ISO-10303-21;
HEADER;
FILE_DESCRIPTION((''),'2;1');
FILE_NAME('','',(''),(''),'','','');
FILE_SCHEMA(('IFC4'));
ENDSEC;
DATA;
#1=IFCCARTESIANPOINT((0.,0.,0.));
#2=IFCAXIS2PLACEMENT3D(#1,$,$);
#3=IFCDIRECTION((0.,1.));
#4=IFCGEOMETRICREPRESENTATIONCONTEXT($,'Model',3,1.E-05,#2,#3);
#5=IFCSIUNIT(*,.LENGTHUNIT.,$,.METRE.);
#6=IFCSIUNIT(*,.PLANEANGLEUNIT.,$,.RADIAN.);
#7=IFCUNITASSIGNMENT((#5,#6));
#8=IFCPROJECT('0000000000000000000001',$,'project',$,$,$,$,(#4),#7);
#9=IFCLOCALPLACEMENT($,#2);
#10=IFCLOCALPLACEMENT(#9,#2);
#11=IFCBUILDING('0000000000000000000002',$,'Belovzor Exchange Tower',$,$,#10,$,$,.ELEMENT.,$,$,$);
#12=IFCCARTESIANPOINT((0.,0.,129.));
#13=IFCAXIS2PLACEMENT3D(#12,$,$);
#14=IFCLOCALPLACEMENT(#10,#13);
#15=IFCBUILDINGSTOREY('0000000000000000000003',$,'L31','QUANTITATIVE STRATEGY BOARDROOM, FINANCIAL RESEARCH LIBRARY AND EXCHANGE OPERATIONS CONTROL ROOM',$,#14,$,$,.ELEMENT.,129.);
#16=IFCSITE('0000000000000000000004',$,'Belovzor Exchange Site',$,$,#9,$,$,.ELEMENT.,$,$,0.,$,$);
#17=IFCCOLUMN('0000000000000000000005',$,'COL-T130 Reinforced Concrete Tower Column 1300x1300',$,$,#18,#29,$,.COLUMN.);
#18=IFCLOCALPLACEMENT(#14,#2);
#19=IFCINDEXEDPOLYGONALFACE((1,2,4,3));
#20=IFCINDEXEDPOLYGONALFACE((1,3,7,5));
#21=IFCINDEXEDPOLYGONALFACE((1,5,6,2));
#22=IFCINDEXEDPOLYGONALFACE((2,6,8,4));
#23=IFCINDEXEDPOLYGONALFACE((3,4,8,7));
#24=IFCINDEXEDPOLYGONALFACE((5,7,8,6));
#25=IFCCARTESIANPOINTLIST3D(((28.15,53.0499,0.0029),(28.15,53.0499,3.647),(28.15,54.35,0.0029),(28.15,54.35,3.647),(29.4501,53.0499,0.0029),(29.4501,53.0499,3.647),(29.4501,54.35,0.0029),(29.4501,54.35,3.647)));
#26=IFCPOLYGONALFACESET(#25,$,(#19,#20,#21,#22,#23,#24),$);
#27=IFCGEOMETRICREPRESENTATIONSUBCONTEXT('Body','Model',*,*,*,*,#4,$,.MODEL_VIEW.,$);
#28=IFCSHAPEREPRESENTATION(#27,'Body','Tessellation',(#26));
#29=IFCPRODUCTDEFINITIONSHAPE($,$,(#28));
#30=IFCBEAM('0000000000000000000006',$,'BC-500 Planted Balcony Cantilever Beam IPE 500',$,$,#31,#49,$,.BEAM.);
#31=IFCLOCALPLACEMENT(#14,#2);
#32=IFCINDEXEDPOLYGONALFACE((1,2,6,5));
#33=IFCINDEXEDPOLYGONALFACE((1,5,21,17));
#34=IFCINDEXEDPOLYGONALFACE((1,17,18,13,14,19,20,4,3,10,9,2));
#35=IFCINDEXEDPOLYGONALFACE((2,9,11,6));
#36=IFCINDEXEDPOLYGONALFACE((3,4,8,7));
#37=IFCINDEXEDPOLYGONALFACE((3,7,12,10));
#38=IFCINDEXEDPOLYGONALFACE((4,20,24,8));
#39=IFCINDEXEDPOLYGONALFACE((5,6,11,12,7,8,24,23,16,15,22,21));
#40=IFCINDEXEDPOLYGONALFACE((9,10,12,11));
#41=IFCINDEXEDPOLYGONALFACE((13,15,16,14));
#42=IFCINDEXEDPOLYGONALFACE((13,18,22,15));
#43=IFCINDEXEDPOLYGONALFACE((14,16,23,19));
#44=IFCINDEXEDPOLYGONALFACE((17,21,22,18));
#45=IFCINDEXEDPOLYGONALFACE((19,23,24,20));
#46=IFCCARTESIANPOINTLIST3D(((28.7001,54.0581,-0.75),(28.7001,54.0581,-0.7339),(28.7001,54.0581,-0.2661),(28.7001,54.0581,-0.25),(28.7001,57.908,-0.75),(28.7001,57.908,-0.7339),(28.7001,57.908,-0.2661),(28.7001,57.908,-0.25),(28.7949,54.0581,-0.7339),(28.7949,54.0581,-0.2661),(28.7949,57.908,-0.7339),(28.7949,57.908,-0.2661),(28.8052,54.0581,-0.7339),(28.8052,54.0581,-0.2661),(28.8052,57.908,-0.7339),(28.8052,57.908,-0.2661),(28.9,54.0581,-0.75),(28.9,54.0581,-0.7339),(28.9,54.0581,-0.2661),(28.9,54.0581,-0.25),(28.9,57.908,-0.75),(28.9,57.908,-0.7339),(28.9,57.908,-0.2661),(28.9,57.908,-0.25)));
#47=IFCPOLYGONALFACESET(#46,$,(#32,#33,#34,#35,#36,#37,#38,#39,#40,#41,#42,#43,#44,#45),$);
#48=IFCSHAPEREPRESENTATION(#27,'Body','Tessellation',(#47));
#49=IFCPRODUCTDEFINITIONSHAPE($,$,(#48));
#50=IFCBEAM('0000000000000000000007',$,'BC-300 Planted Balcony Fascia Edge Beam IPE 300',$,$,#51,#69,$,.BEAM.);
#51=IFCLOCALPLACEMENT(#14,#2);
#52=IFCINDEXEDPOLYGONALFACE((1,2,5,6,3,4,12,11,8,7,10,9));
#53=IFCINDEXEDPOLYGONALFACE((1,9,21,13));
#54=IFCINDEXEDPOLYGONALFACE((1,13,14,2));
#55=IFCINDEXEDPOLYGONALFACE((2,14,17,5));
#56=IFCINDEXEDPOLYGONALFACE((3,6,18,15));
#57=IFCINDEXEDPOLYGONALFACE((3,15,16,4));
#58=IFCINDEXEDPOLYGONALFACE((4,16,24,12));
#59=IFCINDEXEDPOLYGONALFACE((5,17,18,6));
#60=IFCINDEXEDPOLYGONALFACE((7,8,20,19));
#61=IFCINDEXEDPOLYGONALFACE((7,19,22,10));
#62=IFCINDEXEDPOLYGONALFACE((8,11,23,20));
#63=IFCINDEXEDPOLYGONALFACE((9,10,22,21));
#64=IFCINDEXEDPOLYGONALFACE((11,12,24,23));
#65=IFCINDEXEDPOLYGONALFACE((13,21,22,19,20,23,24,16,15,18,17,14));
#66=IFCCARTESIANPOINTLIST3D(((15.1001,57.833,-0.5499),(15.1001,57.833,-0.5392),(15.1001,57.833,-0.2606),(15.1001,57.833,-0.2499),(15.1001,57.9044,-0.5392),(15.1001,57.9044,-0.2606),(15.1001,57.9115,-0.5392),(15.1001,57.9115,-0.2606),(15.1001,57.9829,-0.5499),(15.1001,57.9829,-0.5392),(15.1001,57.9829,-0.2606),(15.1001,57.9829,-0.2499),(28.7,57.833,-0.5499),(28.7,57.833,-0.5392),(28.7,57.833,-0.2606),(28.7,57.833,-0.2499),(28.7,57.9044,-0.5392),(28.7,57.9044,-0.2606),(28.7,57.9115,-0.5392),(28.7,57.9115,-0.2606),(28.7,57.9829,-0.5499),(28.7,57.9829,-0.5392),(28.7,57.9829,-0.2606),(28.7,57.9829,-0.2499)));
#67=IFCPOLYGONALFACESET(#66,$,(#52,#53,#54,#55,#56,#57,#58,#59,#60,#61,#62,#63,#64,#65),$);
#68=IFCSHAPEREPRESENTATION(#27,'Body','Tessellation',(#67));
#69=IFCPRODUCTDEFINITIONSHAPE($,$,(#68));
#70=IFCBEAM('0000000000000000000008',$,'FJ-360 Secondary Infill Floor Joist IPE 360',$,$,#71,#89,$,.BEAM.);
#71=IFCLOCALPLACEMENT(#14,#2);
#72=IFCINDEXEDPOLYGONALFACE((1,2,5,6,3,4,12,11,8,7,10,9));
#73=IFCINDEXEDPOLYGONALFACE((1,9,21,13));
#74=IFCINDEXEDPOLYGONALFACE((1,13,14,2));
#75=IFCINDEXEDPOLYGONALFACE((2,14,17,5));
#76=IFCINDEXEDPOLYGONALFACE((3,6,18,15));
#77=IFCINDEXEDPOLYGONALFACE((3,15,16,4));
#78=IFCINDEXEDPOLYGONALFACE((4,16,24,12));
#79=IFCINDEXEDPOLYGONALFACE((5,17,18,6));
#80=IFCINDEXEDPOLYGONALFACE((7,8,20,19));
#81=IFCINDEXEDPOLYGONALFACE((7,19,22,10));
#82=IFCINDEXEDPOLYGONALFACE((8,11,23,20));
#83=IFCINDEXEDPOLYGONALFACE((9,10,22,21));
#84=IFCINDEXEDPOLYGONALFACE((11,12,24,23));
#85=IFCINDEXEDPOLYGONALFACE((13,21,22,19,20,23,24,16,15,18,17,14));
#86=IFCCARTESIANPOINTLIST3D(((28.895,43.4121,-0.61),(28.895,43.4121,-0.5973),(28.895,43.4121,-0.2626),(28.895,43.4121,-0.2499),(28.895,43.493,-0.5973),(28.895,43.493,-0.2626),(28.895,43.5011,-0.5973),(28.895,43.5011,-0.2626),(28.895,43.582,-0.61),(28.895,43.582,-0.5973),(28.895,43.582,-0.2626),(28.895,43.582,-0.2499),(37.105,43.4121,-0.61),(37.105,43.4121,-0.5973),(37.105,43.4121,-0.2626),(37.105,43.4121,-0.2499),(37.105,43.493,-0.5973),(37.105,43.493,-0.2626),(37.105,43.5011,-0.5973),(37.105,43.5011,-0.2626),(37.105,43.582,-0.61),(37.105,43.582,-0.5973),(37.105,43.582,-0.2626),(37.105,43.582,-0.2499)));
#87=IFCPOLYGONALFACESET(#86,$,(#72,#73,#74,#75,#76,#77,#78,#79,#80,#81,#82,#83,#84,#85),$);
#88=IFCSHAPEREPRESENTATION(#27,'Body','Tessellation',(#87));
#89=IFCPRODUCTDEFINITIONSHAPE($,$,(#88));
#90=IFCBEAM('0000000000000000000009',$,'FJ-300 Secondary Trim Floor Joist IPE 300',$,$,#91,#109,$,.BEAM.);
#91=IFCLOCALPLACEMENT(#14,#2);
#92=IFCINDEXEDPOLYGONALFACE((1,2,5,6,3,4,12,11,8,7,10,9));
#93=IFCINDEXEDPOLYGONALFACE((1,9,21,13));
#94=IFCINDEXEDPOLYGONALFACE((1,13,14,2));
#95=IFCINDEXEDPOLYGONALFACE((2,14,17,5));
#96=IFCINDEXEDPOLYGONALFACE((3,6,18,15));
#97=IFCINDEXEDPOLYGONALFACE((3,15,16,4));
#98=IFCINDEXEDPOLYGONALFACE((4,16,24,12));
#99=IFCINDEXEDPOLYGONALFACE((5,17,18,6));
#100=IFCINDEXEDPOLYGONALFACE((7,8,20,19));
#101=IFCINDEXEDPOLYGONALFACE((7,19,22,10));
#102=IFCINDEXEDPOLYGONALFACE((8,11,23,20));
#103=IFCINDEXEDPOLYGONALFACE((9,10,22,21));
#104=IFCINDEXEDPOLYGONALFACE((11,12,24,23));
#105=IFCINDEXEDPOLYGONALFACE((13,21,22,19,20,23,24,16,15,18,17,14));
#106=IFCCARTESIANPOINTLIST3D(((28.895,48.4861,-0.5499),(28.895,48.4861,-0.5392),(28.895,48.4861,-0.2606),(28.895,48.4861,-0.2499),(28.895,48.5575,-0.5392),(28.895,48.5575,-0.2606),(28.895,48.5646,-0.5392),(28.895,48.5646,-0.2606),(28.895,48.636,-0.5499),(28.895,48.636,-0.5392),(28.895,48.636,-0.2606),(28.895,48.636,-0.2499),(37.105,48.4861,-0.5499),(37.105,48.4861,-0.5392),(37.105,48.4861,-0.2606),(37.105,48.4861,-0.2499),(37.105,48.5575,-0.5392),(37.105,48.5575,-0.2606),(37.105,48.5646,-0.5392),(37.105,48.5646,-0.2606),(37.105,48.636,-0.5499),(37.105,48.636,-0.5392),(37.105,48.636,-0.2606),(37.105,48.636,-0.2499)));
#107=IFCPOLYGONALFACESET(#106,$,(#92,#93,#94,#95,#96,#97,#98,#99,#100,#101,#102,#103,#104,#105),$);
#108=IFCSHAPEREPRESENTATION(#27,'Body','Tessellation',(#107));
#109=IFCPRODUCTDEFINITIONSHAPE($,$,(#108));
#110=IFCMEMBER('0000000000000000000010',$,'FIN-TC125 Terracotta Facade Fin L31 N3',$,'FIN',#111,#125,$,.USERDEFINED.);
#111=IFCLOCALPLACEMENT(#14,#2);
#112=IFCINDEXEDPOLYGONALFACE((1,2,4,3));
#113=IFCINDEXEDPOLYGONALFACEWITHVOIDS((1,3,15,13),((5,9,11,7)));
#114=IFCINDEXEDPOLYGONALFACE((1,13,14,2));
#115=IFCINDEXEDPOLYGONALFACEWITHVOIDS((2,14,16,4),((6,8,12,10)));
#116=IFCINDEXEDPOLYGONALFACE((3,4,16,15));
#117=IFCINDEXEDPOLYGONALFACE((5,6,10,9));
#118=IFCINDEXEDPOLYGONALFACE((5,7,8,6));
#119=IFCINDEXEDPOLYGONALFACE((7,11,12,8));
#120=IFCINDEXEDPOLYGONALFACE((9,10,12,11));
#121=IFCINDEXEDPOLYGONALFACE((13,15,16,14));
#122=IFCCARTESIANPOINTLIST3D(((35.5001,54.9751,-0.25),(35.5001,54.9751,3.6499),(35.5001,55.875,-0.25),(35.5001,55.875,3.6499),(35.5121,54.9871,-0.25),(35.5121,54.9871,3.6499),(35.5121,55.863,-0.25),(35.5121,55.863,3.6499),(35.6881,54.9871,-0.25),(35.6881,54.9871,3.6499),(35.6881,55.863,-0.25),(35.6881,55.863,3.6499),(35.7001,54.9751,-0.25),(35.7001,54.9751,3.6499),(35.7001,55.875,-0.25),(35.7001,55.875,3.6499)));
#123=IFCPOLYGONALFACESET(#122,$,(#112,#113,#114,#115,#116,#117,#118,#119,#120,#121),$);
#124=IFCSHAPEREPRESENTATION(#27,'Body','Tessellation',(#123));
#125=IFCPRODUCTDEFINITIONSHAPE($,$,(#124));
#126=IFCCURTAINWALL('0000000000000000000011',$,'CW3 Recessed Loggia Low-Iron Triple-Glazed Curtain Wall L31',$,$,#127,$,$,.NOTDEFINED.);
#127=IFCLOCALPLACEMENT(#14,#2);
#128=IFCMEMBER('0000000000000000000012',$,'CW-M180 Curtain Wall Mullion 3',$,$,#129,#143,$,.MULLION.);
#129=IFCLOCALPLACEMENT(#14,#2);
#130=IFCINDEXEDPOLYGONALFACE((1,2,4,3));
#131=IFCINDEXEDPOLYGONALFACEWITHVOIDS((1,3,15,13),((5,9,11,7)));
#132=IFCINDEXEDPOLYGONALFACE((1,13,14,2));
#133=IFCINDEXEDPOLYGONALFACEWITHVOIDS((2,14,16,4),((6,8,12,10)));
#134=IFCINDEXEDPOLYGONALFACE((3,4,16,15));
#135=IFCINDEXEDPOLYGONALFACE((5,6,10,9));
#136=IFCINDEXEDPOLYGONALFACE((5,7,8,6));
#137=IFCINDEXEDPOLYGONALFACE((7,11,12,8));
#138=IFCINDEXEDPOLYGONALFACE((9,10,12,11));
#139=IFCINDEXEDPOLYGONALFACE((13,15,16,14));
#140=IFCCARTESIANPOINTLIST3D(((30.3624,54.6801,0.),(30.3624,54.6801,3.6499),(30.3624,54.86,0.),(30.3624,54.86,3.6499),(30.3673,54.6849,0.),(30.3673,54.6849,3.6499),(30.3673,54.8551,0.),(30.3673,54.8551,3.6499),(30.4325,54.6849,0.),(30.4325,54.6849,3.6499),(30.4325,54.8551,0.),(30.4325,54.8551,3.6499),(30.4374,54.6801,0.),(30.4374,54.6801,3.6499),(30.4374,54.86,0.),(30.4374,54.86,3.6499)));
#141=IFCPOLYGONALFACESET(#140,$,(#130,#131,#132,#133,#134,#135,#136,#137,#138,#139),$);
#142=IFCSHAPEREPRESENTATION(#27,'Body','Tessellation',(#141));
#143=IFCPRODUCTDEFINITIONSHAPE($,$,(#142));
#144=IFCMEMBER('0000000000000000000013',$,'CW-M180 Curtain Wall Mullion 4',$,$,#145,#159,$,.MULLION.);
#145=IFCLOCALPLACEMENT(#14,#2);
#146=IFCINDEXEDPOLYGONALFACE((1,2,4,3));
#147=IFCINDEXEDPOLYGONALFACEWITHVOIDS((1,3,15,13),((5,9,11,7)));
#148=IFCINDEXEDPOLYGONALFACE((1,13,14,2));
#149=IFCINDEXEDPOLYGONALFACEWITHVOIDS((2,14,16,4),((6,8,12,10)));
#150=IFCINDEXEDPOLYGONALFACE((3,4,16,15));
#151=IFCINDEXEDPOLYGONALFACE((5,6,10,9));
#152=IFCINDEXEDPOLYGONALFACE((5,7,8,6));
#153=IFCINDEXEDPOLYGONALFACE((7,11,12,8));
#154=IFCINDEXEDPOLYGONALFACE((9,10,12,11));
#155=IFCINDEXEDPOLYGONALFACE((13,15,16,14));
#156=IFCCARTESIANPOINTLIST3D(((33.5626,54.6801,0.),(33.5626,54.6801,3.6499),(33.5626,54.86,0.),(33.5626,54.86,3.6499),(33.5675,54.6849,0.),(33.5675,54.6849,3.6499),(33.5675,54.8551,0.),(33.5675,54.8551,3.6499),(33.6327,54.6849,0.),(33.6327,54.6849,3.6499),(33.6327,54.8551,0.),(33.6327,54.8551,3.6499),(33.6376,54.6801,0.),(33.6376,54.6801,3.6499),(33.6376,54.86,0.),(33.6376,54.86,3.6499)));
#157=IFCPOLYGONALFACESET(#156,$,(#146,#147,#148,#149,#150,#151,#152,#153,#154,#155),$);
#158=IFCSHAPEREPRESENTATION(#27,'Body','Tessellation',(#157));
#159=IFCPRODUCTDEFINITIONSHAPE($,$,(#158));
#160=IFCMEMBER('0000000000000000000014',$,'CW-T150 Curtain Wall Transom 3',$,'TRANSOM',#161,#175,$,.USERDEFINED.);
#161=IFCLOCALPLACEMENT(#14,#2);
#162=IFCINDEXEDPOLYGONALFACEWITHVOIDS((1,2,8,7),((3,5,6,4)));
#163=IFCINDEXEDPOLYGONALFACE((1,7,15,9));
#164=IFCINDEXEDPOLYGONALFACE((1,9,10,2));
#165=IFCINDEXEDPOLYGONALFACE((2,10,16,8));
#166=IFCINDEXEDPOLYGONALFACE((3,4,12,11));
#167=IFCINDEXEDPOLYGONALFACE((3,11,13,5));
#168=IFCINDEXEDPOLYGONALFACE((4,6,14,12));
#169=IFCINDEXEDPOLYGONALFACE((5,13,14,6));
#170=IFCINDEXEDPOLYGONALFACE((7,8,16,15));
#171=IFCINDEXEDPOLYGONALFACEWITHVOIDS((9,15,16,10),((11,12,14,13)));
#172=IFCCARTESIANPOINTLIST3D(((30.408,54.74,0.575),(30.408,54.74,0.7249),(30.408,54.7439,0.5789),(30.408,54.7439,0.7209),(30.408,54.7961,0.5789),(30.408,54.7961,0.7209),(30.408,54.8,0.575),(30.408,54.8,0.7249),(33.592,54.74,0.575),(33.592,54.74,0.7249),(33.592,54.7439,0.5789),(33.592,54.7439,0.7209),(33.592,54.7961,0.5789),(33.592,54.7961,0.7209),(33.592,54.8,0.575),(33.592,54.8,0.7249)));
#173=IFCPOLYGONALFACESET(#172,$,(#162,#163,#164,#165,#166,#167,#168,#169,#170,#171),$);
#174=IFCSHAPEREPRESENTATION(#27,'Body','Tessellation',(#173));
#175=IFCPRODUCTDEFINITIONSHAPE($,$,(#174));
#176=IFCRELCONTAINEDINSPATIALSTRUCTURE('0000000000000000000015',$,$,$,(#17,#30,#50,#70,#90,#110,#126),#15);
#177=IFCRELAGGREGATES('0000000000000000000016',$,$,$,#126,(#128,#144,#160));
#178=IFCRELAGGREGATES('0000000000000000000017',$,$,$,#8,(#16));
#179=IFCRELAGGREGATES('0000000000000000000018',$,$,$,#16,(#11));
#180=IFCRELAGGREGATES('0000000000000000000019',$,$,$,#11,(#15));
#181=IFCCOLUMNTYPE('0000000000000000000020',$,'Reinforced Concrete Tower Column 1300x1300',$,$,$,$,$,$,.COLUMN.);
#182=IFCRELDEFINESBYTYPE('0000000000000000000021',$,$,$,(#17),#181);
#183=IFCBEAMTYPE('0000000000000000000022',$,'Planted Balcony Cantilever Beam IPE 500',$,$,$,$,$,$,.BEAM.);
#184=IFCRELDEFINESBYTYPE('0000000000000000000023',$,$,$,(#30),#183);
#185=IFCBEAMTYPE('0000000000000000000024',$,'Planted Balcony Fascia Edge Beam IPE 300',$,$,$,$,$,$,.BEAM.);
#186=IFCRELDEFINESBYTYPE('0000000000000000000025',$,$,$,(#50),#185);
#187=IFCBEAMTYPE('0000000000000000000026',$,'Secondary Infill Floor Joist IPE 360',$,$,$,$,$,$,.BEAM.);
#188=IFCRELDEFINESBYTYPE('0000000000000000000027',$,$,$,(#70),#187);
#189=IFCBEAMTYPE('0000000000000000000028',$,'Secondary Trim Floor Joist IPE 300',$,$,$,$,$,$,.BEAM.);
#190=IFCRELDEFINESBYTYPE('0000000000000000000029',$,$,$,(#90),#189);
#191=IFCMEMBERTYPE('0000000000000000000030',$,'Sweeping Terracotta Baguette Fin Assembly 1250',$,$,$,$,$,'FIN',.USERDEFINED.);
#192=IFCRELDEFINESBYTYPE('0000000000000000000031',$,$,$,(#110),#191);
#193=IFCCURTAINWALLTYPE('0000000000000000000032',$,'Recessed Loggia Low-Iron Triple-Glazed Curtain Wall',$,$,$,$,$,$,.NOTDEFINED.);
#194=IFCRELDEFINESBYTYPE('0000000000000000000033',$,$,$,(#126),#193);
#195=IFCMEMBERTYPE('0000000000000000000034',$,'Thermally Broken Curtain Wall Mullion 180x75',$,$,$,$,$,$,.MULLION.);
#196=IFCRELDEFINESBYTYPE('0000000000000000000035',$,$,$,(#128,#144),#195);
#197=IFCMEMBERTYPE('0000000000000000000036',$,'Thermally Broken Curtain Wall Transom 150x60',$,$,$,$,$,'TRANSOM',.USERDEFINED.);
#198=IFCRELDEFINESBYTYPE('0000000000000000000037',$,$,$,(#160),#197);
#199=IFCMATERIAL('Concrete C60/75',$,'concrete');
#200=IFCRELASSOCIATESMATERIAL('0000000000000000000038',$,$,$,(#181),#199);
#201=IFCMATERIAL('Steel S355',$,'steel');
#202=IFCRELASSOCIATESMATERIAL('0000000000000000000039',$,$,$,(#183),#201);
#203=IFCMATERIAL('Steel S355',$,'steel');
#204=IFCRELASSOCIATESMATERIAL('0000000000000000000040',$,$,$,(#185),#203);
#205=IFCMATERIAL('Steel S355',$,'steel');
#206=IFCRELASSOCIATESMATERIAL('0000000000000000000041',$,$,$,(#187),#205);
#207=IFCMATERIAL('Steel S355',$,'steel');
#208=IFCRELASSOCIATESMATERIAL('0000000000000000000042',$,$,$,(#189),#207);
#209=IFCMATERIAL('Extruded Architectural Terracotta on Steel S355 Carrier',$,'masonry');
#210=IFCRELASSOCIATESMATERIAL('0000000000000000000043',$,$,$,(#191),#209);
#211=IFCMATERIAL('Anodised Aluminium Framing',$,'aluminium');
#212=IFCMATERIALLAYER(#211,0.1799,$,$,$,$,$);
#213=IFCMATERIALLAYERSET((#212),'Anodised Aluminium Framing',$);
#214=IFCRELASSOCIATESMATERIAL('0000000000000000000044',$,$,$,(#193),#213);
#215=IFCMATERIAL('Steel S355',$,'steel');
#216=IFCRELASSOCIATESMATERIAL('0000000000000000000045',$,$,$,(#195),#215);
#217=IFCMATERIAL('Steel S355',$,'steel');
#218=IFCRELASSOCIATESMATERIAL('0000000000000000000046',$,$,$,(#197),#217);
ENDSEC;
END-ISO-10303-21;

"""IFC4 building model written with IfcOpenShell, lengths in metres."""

from ifc_helpers import new_model, si_unit, direction, frame, origin, origin_2d, place, context, subcontext, project, spatial, rectangle, hollow_rectangle, i_section, extrude, material, layer, layer_set, material_profile, profile_set, type_object, element, aggregate, save


model = new_model("IFC4")

# Units and contexts
model_context = context("Model", 3, precision=1e-05, world=origin(), true_north=direction((0.0, 1.0)))
body_context = subcontext(model_context, "Body", "Model", "MODEL_VIEW")
ifc_project = project(units=[si_unit("LENGTHUNIT", "METRE"), si_unit("PLANEANGLEUNIT", "RADIAN")], contexts=[model_context])

# Site, building, storey
site_placement = place(None, origin())
site = spatial("IfcSite", under=ifc_project, at=site_placement, Name="Belovzor Exchange Site", CompositionType="ELEMENT", RefElevation=0.0)
building_placement = place(site_placement, origin())
building = spatial("IfcBuilding", under=site, at=building_placement, Name="Belovzor Exchange Tower", CompositionType="ELEMENT")
storey_placement = place(building_placement, frame((0.0, 0.0, 129.0)))
storey = spatial("IfcBuildingStorey", under=building, at=storey_placement, Name="L31", Description="QUANTITATIVE STRATEGY BOARDROOM, FINANCIAL RESEARCH LIBRARY AND EXCHANGE OPERATIONS CONTROL ROOM", CompositionType="ELEMENT", Elevation=129.0)

# Column
ifc_material_1 = material(Name="Concrete C60/75", Category="concrete")
ifc_material_profile_1 = material_profile(ifc_material_1, rectangle(XDim=1.3, YDim=1.3, at=origin_2d()))
ifc_profile_set_1 = profile_set([ifc_material_profile_1], Name="Concrete C60/75")
column_type = type_object("IfcColumnType", Name="Reinforced Concrete Tower Column 1300x1300", PredefinedType="COLUMN", material=ifc_profile_set_1)
column_placement = place(storey_placement, frame((28.8, 53.7, 0.0029), z_axis=(0.0, 0.0, 1.0), x_axis=(1.0, 0.0, 0.0)))
element("IfcColumn", 1, at=column_placement, inside=storey, type_object=column_type, Name="COL-T130 Reinforced Concrete Tower Column 1300x1300", PredefinedType="COLUMN", context=body_context, shape_type="SweptSolid", body=[
    extrude(rectangle(XDim=1.3, YDim=1.3, at=origin_2d()), origin(), (0.0, 0.0, 1.0), 3.644),
])

# Beams
ifc_material_2 = material(Name="Steel S355", Category="steel")
ifc_material_profile_2 = material_profile(ifc_material_2, i_section(OverallWidth=0.2, OverallDepth=0.5, WebThickness=0.0103, FlangeThickness=0.0161, at=origin_2d()))
ifc_profile_set_2 = profile_set([ifc_material_profile_2], Name="Steel S355")
beam_type_1 = type_object("IfcBeamType", Name="Planted Balcony Cantilever Beam IPE 500", PredefinedType="BEAM", material=ifc_profile_set_2)
beam_1_placement = place(storey_placement, frame((28.8, 54.0581, -0.5), z_axis=(0.0, 1.0, 0.0), x_axis=(-1.0, 0.0, 0.0)))
element("IfcBeam", 2, at=beam_1_placement, inside=storey, type_object=beam_type_1, Name="BC-500 Planted Balcony Cantilever Beam IPE 500", PredefinedType="BEAM", context=body_context, shape_type="SweptSolid", body=[
    extrude(i_section(OverallWidth=0.2, OverallDepth=0.5, WebThickness=0.0103, FlangeThickness=0.0161, at=origin_2d()), origin(), (0.0, 0.0, 1.0), 3.8499),
])
ifc_material_3 = material(Name="Steel S355", Category="steel")
ifc_material_profile_3 = material_profile(ifc_material_3, i_section(OverallWidth=0.1499, OverallDepth=0.3, WebThickness=0.0071, FlangeThickness=0.0107, at=origin_2d()))
ifc_profile_set_3 = profile_set([ifc_material_profile_3], Name="Steel S355")
beam_type_2 = type_object("IfcBeamType", Name="Planted Balcony Fascia Edge Beam IPE 300", PredefinedType="BEAM", material=ifc_profile_set_3)
beam_2_placement = place(storey_placement, frame((28.7, 57.908, -0.3999), z_axis=(-1.0, 0.0, 0.0), x_axis=(0.0, -1.0, 0.0)))
element("IfcBeam", 3, at=beam_2_placement, inside=storey, type_object=beam_type_2, Name="BC-300 Planted Balcony Fascia Edge Beam IPE 300", PredefinedType="BEAM", context=body_context, shape_type="SweptSolid", body=[
    extrude(i_section(OverallWidth=0.1499, OverallDepth=0.3, WebThickness=0.0071, FlangeThickness=0.0107, at=origin_2d()), origin(), (0.0, 0.0, 1.0), 13.5999),
])
ifc_material_4 = material(Name="Steel S355", Category="steel")
ifc_material_profile_4 = material_profile(ifc_material_4, i_section(OverallWidth=0.1699, OverallDepth=0.3601, WebThickness=0.0081, FlangeThickness=0.0127, at=origin_2d()))
ifc_profile_set_4 = profile_set([ifc_material_profile_4], Name="Steel S355")
beam_type_3 = type_object("IfcBeamType", Name="Secondary Infill Floor Joist IPE 360", PredefinedType="BEAM", material=ifc_profile_set_4)
beam_3_placement = place(storey_placement, frame((28.895, 43.4971, -0.4299), z_axis=(1.0, 0.0, 0.0), x_axis=(0.0, 1.0, 0.0)))
element("IfcBeam", 4, at=beam_3_placement, inside=storey, type_object=beam_type_3, Name="FJ-360 Secondary Infill Floor Joist IPE 360", PredefinedType="BEAM", context=body_context, shape_type="SweptSolid", body=[
    extrude(i_section(OverallWidth=0.1699, OverallDepth=0.3601, WebThickness=0.0081, FlangeThickness=0.0127, at=origin_2d()), origin(), (0.0, 0.0, 1.0), 8.21),
])
ifc_material_5 = material(Name="Steel S355", Category="steel")
ifc_material_profile_5 = material_profile(ifc_material_5, i_section(OverallWidth=0.1499, OverallDepth=0.3, WebThickness=0.0071, FlangeThickness=0.0107, at=origin_2d()))
ifc_profile_set_5 = profile_set([ifc_material_profile_5], Name="Steel S355")
beam_type_4 = type_object("IfcBeamType", Name="Secondary Trim Floor Joist IPE 300", PredefinedType="BEAM", material=ifc_profile_set_5)
beam_4_placement = place(storey_placement, frame((28.895, 48.561, -0.3999), z_axis=(1.0, 0.0, 0.0), x_axis=(0.0, 1.0, 0.0)))
element("IfcBeam", 5, at=beam_4_placement, inside=storey, type_object=beam_type_4, Name="FJ-300 Secondary Trim Floor Joist IPE 300", PredefinedType="BEAM", context=body_context, shape_type="SweptSolid", body=[
    extrude(i_section(OverallWidth=0.1499, OverallDepth=0.3, WebThickness=0.0071, FlangeThickness=0.0107, at=origin_2d()), origin(), (0.0, 0.0, 1.0), 8.21),
])

# Member
ifc_material_6 = material(Name="Extruded Architectural Terracotta on Steel S355 Carrier", Category="masonry")
ifc_material_profile_6 = material_profile(ifc_material_6, hollow_rectangle(XDim=0.2, YDim=0.8999, WallThickness=0.012, at=origin_2d()))
ifc_profile_set_6 = profile_set([ifc_material_profile_6], Name="Extruded Architectural Terracotta on Steel S355 Carrier")
member_type_1 = type_object("IfcMemberType", Name="Sweeping Terracotta Baguette Fin Assembly 1250", ElementType="FIN", PredefinedType="USERDEFINED", material=ifc_profile_set_6)
member_1_placement = place(storey_placement, frame((35.6001, 55.425, -0.25), z_axis=(0.0, 0.0, 1.0), x_axis=(1.0, 0.0, 0.0)))
element("IfcMember", 6, at=member_1_placement, inside=storey, type_object=member_type_1, Name="FIN-TC125 Terracotta Facade Fin L31 N3", ObjectType="FIN", PredefinedType="USERDEFINED", context=body_context, shape_type="SweptSolid", body=[
    extrude(hollow_rectangle(XDim=0.2, YDim=0.8999, WallThickness=0.012, at=origin_2d()), origin(), (0.0, 0.0, 1.0), 3.8999),
])

# Curtain wall, members
ifc_material_7 = material(Name="Anodised Aluminium Framing", Category="aluminium")
ifc_layer_1 = layer(ifc_material_7, 0.1799)
ifc_layer_set_1 = layer_set([ifc_layer_1], Name="Anodised Aluminium Framing")
curtain_wall_type = type_object("IfcCurtainWallType", Name="Recessed Loggia Low-Iron Triple-Glazed Curtain Wall", PredefinedType="NOTDEFINED", material=ifc_layer_set_1)
curtain_wall_placement = place(storey_placement, origin())
curtain_wall = element("IfcCurtainWall", 7, at=curtain_wall_placement, inside=storey, type_object=curtain_wall_type, Name="CW3 Recessed Loggia Low-Iron Triple-Glazed Curtain Wall L31", PredefinedType="NOTDEFINED")
ifc_material_8 = material(Name="Steel S355", Category="steel")
ifc_material_profile_7 = material_profile(ifc_material_8, hollow_rectangle(XDim=0.075, YDim=0.1799, WallThickness=0.0049, at=origin_2d()))
ifc_profile_set_7 = profile_set([ifc_material_profile_7], Name="Steel S355")
member_type_2 = type_object("IfcMemberType", Name="Thermally Broken Curtain Wall Mullion 180x75", PredefinedType="MULLION", material=ifc_profile_set_7)
member_2_placement = place(storey_placement, frame((30.3999, 54.77, 0.0), z_axis=(0.0, 0.0, 1.0), x_axis=(1.0, 0.0, 0.0)))
member_2 = element("IfcMember", 8, at=member_2_placement, type_object=member_type_2, Name="CW-M180 Curtain Wall Mullion 3", PredefinedType="MULLION", context=body_context, shape_type="SweptSolid", body=[
    extrude(hollow_rectangle(XDim=0.075, YDim=0.1799, WallThickness=0.0049, at=origin_2d()), origin(), (0.0, 0.0, 1.0), 3.6499),
])
member_3_placement = place(storey_placement, frame((33.6001, 54.77, 0.0), z_axis=(0.0, 0.0, 1.0), x_axis=(1.0, 0.0, 0.0)))
member_3 = element("IfcMember", 9, at=member_3_placement, type_object=member_type_2, Name="CW-M180 Curtain Wall Mullion 4", PredefinedType="MULLION", context=body_context, shape_type="SweptSolid", body=[
    extrude(hollow_rectangle(XDim=0.075, YDim=0.1799, WallThickness=0.0049, at=origin_2d()), origin(), (0.0, 0.0, 1.0), 3.6499),
])
ifc_material_9 = material(Name="Steel S355", Category="steel")
ifc_material_profile_8 = material_profile(ifc_material_9, hollow_rectangle(XDim=0.0601, YDim=0.1499, WallThickness=0.0039, at=origin_2d()))
ifc_profile_set_8 = profile_set([ifc_material_profile_8], Name="Steel S355")
member_type_3 = type_object("IfcMemberType", Name="Thermally Broken Curtain Wall Transom 150x60", ElementType="TRANSOM", PredefinedType="USERDEFINED", material=ifc_profile_set_8)
member_4_placement = place(storey_placement, frame((30.408, 54.77, 0.6499), z_axis=(1.0, 0.0, 0.0), x_axis=(0.0, 1.0, 0.0)))
member_4 = element("IfcMember", 10, at=member_4_placement, type_object=member_type_3, Name="CW-T150 Curtain Wall Transom 3", ObjectType="TRANSOM", PredefinedType="USERDEFINED", context=body_context, shape_type="SweptSolid", body=[
    extrude(hollow_rectangle(XDim=0.0601, YDim=0.1499, WallThickness=0.0039, at=origin_2d()), origin(), (0.0, 0.0, 1.0), 3.1841),
])

aggregate(curtain_wall, [member_2, member_3, member_4])

save(model, "model.ifc")
